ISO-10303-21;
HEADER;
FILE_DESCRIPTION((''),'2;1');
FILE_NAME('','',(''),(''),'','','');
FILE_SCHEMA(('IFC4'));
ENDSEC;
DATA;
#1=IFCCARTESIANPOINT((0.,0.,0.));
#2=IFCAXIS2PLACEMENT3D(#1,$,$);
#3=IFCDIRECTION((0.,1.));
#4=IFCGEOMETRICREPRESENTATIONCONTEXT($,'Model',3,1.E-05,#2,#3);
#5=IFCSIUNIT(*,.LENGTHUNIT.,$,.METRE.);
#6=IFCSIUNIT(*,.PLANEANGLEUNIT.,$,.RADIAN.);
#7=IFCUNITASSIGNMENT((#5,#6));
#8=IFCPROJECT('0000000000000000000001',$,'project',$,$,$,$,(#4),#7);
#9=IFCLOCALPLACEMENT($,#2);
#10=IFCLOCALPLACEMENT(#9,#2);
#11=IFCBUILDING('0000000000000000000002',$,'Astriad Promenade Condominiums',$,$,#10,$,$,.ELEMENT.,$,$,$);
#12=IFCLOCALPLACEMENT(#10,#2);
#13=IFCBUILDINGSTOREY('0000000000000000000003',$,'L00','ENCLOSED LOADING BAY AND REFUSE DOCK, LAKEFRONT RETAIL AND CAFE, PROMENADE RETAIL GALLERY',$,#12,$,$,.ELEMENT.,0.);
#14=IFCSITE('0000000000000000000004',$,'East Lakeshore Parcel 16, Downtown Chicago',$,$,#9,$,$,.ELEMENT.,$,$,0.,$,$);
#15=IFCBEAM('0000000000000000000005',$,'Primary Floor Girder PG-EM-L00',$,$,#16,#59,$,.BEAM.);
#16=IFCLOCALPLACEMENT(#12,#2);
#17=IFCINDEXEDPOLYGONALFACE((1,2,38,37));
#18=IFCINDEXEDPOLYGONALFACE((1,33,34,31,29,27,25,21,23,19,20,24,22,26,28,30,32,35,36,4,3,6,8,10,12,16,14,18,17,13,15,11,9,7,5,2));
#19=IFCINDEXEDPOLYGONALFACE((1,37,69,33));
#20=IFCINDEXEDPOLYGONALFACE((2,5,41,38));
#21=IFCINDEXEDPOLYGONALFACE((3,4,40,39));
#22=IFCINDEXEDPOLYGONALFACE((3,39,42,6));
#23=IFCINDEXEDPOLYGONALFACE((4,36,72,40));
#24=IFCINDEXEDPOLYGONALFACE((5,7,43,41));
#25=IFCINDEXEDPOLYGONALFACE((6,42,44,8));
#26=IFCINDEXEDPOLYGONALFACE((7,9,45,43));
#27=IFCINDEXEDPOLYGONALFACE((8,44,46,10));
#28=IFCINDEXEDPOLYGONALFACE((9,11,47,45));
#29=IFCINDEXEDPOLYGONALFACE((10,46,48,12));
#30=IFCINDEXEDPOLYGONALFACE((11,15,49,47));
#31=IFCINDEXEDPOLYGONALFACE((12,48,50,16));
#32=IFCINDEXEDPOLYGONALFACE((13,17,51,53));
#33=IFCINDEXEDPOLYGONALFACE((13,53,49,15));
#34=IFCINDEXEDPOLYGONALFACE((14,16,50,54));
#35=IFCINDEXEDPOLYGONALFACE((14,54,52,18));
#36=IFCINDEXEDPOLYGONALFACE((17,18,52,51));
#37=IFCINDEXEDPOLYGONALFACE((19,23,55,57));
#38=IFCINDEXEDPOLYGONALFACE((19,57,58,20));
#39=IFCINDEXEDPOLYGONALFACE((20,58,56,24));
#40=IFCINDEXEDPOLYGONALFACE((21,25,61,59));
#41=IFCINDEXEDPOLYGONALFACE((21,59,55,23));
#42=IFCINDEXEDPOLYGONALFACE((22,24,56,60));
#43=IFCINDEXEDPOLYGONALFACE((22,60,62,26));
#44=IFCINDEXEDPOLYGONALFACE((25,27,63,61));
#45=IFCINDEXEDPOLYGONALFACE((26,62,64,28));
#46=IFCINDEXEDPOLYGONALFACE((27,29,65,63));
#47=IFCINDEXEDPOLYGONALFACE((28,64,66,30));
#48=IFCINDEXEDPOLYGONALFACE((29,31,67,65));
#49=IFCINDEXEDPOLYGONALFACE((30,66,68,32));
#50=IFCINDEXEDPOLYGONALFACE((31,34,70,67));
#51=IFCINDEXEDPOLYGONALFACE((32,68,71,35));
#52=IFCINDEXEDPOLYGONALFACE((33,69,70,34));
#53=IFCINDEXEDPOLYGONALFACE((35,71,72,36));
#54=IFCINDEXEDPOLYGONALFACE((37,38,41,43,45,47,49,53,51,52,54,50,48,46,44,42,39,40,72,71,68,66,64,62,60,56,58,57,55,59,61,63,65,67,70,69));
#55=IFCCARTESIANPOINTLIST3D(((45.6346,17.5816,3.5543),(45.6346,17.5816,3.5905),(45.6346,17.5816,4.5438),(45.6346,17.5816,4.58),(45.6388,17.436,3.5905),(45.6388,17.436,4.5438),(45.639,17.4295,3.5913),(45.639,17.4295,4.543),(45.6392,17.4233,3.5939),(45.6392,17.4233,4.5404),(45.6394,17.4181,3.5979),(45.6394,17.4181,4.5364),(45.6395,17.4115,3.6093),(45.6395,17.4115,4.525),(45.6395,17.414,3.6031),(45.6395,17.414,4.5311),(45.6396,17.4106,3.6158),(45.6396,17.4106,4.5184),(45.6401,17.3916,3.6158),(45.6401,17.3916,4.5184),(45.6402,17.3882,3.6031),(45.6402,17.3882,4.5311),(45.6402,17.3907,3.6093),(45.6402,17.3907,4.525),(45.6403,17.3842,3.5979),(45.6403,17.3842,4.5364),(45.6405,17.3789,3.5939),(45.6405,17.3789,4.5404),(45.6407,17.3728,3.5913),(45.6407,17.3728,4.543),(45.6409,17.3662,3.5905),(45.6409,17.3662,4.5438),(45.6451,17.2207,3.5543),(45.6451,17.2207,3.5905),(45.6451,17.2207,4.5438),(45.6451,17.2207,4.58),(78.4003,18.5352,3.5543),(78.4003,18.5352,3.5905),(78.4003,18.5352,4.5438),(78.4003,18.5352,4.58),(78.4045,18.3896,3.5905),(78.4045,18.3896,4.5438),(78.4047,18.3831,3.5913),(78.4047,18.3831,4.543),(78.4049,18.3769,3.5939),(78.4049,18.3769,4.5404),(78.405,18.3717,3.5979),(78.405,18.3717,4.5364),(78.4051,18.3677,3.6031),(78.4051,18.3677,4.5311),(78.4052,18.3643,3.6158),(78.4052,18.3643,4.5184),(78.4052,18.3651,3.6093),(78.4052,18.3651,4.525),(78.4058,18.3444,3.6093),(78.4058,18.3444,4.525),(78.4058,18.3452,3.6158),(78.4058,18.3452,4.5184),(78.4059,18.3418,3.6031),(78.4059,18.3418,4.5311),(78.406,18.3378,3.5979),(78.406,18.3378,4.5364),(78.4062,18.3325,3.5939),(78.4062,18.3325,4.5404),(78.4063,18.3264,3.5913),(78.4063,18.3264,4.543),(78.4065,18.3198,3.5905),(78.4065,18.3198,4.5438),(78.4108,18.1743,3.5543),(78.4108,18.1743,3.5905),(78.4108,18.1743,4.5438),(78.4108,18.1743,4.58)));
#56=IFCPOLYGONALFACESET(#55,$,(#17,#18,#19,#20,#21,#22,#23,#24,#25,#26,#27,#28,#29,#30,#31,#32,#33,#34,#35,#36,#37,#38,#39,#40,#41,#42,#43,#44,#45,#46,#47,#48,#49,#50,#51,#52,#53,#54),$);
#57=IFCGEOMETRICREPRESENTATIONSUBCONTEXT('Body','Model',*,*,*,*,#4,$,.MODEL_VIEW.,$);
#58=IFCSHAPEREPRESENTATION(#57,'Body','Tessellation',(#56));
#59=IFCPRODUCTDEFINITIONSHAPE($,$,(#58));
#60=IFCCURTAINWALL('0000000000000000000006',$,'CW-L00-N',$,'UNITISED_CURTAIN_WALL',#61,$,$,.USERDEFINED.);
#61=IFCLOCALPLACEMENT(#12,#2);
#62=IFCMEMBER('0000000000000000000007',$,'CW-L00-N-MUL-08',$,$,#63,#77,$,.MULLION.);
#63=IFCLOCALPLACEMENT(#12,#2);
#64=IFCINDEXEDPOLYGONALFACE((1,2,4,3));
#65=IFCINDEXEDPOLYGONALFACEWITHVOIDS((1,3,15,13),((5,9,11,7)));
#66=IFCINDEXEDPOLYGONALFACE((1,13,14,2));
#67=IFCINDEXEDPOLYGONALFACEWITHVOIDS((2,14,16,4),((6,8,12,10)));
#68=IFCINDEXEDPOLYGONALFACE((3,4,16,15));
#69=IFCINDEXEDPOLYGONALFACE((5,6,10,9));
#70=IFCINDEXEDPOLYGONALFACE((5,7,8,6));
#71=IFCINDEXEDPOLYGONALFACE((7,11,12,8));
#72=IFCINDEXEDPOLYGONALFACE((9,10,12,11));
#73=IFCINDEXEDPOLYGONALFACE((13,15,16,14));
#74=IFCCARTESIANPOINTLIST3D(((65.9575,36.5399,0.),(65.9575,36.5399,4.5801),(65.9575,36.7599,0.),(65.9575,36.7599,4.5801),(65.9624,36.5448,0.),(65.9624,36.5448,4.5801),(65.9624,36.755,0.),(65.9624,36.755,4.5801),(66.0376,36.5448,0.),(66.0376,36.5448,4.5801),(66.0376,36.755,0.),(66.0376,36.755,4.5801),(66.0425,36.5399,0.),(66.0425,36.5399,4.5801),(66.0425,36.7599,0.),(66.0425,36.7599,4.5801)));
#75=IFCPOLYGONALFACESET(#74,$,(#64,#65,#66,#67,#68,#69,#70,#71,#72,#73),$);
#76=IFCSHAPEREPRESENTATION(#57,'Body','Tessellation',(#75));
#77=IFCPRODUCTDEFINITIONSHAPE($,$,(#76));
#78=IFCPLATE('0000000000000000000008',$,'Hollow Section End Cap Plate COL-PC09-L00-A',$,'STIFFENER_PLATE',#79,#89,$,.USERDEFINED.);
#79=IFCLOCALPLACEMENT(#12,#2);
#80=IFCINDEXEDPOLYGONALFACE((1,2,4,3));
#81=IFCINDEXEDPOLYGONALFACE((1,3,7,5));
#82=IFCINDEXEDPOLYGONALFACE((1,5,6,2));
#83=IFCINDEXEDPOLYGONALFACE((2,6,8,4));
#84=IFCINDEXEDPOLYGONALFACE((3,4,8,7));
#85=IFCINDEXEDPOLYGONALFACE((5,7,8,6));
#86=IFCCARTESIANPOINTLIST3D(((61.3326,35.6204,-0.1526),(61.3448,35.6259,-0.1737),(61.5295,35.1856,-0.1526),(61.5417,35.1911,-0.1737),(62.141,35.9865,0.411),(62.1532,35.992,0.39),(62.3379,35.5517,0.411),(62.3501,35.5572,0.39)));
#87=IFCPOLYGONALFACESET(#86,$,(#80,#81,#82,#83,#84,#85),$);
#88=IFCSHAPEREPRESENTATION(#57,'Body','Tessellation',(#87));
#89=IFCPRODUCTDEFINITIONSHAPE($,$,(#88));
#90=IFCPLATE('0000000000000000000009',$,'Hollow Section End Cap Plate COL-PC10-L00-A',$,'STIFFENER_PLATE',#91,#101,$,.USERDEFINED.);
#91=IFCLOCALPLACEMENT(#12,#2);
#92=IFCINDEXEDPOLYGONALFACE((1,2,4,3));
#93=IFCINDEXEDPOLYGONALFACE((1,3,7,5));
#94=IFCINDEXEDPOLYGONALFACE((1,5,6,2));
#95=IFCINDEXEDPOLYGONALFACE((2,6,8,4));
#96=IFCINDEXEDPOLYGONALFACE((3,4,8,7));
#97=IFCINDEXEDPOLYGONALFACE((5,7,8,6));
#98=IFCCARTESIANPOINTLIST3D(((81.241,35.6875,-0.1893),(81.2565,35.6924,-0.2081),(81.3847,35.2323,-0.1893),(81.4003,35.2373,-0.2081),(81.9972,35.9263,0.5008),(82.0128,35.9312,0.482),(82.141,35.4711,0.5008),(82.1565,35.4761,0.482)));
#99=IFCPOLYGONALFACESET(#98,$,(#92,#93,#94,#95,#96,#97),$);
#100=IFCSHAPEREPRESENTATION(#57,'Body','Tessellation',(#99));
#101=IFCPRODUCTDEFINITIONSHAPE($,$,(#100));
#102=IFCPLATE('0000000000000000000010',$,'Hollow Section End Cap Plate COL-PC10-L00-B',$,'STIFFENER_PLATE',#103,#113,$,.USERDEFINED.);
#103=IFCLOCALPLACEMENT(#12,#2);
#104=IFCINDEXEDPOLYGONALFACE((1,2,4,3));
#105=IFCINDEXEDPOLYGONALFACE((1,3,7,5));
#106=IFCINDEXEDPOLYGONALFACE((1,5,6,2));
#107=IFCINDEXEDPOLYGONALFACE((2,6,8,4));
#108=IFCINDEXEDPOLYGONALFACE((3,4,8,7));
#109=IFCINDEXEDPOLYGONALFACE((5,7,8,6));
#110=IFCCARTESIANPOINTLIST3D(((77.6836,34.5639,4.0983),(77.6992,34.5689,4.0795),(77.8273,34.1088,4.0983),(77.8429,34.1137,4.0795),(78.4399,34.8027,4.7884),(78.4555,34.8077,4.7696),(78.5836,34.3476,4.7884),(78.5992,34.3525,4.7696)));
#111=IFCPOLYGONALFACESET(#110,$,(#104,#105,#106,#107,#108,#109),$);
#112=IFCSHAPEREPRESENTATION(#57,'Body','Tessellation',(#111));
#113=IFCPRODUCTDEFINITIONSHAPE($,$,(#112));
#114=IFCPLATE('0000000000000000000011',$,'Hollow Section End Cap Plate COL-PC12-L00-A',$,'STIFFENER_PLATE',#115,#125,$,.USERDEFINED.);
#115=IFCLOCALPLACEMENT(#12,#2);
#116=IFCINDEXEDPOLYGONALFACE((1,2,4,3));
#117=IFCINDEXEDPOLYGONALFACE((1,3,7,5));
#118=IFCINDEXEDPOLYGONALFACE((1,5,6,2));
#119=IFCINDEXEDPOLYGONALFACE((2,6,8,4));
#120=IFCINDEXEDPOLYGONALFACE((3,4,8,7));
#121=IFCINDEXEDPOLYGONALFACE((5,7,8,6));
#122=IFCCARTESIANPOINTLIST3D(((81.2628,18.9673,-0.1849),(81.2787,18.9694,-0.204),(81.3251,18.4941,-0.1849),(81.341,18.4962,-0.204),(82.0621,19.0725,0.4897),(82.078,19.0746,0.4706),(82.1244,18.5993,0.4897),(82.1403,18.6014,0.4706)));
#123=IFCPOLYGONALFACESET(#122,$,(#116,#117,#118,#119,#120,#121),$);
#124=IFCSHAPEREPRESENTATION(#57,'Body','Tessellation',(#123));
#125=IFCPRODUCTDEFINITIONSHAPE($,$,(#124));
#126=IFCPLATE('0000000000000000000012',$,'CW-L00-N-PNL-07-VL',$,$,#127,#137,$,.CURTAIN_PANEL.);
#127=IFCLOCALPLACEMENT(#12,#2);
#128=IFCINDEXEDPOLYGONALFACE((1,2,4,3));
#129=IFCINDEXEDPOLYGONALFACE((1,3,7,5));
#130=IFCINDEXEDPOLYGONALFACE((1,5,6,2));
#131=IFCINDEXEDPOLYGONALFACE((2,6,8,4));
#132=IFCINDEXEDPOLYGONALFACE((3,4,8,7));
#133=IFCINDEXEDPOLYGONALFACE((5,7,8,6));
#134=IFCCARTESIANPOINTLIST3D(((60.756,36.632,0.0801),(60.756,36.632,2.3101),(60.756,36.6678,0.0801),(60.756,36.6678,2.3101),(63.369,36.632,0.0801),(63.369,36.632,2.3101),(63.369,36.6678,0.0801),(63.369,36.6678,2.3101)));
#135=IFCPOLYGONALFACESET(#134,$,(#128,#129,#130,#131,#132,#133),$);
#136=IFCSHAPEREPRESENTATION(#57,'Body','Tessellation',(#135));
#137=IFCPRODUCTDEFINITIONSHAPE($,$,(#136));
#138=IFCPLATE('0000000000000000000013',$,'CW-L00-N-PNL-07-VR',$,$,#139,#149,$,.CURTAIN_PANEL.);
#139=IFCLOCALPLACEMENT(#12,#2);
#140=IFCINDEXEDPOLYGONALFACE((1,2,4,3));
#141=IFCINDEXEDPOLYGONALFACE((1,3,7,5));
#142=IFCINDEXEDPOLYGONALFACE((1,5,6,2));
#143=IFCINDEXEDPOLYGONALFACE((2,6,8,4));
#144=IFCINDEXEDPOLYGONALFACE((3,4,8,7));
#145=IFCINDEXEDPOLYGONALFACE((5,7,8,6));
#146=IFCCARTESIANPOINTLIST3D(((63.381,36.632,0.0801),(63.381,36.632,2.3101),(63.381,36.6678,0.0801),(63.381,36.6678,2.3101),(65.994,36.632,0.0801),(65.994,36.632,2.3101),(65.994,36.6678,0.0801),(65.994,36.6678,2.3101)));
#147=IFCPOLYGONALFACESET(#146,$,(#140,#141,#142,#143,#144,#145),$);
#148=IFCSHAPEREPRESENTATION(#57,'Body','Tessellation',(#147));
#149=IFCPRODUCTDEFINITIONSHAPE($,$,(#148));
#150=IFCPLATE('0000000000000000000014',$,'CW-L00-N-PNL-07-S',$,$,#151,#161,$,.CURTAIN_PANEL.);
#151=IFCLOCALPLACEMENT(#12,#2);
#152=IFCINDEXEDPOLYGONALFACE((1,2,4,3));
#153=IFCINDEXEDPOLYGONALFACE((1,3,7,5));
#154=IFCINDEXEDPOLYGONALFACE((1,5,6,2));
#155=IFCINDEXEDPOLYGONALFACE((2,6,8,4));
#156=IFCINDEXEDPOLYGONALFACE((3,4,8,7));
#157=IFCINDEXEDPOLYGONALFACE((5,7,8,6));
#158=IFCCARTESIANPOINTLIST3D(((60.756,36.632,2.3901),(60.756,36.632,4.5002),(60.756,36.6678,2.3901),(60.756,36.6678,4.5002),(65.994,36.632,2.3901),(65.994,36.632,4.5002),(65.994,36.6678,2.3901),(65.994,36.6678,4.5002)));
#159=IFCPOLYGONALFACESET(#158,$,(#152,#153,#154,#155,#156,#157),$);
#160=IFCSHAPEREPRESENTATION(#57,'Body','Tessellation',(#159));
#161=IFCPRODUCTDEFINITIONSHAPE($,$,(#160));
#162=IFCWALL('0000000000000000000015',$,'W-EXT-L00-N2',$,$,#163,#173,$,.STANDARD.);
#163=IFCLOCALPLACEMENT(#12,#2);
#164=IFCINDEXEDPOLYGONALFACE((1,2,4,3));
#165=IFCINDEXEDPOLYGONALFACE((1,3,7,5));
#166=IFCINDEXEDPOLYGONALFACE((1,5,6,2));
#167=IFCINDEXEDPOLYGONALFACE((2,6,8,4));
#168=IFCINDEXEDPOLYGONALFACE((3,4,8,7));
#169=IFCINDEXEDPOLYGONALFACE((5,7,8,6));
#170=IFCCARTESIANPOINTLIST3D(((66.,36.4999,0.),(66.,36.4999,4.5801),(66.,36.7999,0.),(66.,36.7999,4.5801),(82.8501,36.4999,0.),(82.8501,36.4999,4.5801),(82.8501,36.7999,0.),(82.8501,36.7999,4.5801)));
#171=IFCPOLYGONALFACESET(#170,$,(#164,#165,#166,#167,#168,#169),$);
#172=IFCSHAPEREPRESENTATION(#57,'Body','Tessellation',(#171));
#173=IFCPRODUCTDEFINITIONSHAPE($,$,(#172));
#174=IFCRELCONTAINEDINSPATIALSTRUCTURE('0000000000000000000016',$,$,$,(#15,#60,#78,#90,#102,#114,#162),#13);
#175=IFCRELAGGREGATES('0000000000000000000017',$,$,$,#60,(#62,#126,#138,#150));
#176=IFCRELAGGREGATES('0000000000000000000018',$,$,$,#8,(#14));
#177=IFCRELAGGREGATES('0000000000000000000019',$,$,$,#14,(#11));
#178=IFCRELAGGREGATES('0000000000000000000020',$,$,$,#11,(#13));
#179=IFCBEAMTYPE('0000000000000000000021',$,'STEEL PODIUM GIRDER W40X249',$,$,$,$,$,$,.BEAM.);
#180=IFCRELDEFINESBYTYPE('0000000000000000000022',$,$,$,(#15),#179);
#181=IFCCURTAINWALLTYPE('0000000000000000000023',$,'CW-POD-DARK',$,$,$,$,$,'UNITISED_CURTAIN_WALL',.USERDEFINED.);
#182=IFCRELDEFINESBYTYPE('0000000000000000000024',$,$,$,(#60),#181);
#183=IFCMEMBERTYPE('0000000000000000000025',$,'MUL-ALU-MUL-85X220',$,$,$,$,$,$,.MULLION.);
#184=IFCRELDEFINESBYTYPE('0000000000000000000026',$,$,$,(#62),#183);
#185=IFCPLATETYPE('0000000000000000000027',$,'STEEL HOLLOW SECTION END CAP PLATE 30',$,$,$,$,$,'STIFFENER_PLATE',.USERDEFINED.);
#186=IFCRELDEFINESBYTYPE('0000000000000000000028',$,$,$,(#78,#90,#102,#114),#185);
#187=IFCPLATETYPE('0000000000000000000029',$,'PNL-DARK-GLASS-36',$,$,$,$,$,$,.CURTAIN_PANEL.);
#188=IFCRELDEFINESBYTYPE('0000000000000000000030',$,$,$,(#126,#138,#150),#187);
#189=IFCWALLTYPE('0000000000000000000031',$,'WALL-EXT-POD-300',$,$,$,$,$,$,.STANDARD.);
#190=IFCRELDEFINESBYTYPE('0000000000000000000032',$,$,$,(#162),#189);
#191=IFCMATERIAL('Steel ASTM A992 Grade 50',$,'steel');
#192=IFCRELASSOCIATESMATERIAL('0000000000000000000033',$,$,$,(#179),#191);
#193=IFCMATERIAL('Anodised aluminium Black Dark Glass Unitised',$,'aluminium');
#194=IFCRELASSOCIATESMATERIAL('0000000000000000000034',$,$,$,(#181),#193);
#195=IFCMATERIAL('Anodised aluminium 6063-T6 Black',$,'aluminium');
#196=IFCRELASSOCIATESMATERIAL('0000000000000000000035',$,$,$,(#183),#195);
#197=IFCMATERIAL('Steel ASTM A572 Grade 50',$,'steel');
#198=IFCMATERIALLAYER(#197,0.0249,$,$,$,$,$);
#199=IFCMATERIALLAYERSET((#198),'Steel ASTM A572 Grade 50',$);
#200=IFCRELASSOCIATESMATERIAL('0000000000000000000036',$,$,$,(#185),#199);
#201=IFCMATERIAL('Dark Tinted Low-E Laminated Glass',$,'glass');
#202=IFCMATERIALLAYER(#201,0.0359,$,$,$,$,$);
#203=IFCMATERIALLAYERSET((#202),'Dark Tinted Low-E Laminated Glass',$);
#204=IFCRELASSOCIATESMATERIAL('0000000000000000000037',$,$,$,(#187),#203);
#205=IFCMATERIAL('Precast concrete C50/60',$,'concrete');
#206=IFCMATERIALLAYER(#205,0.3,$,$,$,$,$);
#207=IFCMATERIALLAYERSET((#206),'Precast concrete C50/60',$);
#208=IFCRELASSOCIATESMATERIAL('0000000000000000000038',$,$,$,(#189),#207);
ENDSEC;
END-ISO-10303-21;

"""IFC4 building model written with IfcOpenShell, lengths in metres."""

from ifc_helpers import new_model, si_unit, direction, frame, frame_2d, origin, origin_2d, place, context, subcontext, project, spatial, rectangle, hollow_rectangle, i_section, extrude, source, transform, mapped, material, layer, layer_set, material_profile, profile_set, type_object, type_shapes, element, aggregate, save


model = new_model("IFC4")

# Units and contexts
model_context = context("Model", 3, precision=1e-05, world=origin(), true_north=direction((0.0, 1.0)))
body_context = subcontext(model_context, "Body", "Model", "MODEL_VIEW")
ifc_project = project(units=[si_unit("LENGTHUNIT", "METRE"), si_unit("PLANEANGLEUNIT", "RADIAN")], contexts=[model_context])

# Site, building, storey
site_placement = place(None, origin())
site = spatial("IfcSite", under=ifc_project, at=site_placement, Name="East Lakeshore Parcel 16, Downtown Chicago", CompositionType="ELEMENT", RefElevation=0.0)
building_placement = place(site_placement, origin())
building = spatial("IfcBuilding", under=site, at=building_placement, Name="Astriad Promenade Condominiums", CompositionType="ELEMENT")
storey_placement = place(building_placement, origin())
storey = spatial("IfcBuildingStorey", under=building, at=storey_placement, Name="L00", Description="ENCLOSED LOADING BAY AND REFUSE DOCK, LAKEFRONT RETAIL AND CAFE, PROMENADE RETAIL GALLERY", CompositionType="ELEMENT", Elevation=0.0)

# Shared definitions
ifc_material_1 = material(Name="Steel ASTM A992 Grade 50", Category="steel")

# Beam
ifc_material_profile_1 = material_profile(ifc_material_1, i_section(OverallWidth=0.3611, OverallDepth=1.0256, WebThickness=0.019, FlangeThickness=0.0361, FilletRadius=0.0254, at=origin_2d()), Name="W40X249")
ifc_profile_set_1 = profile_set([ifc_material_profile_1], Name="Steel ASTM A992 Grade 50")
beam_type_1 = type_object("IfcBeamType", Name="STEEL PODIUM GIRDER W40X249", PredefinedType="BEAM", material=ifc_profile_set_1)
shared_shape_1 = source(origin(), body_context, "Body", "SweptSolid", [
    extrude(i_section(OverallWidth=0.3611, OverallDepth=1.0256, WebThickness=0.019, FlangeThickness=0.0361, FilletRadius=0.0254, at=origin_2d()), origin(), (0.0, 0.0, 1.0), 32.7795),
])
type_shapes(beam_type_1, [shared_shape_1])
beam_1_placement = place(storey_placement, frame((78.4055, 18.3547, 4.0671), z_axis=(-0.999577, -0.029092, 0.0), x_axis=(0.029092, -0.999577, 0.0)))
element("IfcBeam", 1, at=beam_1_placement, inside=storey, type_object=beam_type_1, Name="Primary Floor Girder PG-EM-L00", PredefinedType="BEAM", context=body_context, shape_type="MappedRepresentation", body=[
    mapped(shared_shape_1, transform((0.0, 0.0, 0.0), scale=1.0)),
])

# Curtain wall, member
ifc_material_2 = material(Name="Anodised aluminium Black Dark Glass Unitised", Category="aluminium")
curtain_wall_type = type_object("IfcCurtainWallType", Name="CW-POD-DARK", ElementType="UNITISED_CURTAIN_WALL", PredefinedType="USERDEFINED", material=ifc_material_2)
curtain_wall_placement = place(storey_placement, origin())
curtain_wall = element("IfcCurtainWall", 2, at=curtain_wall_placement, inside=storey, type_object=curtain_wall_type, Name="CW-L00-N", ObjectType="UNITISED_CURTAIN_WALL", PredefinedType="USERDEFINED")
ifc_material_3 = material(Name="Anodised aluminium 6063-T6 Black", Category="aluminium")
ifc_material_profile_2 = material_profile(ifc_material_3, hollow_rectangle(XDim=0.085, YDim=0.22, WallThickness=0.0049, at=origin_2d()), Name="ALU-MUL-85X220")
ifc_profile_set_2 = profile_set([ifc_material_profile_2], Name="Anodised aluminium 6063-T6 Black")
member_type = type_object("IfcMemberType", Name="MUL-ALU-MUL-85X220", PredefinedType="MULLION", material=ifc_profile_set_2)
shared_shape_2 = source(origin(), body_context, "Body", "SweptSolid", [
    extrude(hollow_rectangle(XDim=0.085, YDim=0.22, WallThickness=0.0049, at=origin_2d()), origin(), (0.0, 0.0, 1.0), 4.5801),
])
type_shapes(member_type, [shared_shape_2])
member_placement = place(storey_placement, frame((66.0, 36.6499, 0.0), z_axis=(0.0, 0.0, 1.0), x_axis=(1.0, 0.0, 0.0)))
member = element("IfcMember", 3, at=member_placement, type_object=member_type, Name="CW-L00-N-MUL-08", PredefinedType="MULLION", context=body_context, shape_type="MappedRepresentation", body=[
    mapped(shared_shape_2, transform((0.0, 0.0, 0.0), scale=1.0)),
])

# Plates
ifc_material_4 = material(Name="Steel ASTM A572 Grade 50", Category="steel")
ifc_layer_1 = layer(ifc_material_4, 0.0249)
ifc_layer_set_1 = layer_set([ifc_layer_1], Name="Steel ASTM A572 Grade 50")
plate_type_1 = type_object("IfcPlateType", Name="STEEL HOLLOW SECTION END CAP PLATE 30", ElementType="STIFFENER_PLATE", PredefinedType="USERDEFINED", material=ifc_layer_set_1)
shared_shape_3 = source(origin(), body_context, "Body", "SweptSolid", [
    extrude(rectangle(XDim=0.4773, YDim=1.0513, at=origin_2d()), origin(), (0.0, 0.0, 1.0), 0.0249),
])
type_shapes(plate_type_1, [shared_shape_3])
for number, where, z_axis, x_axis, name in (
    (4, (61.8474, 35.5916, 0.1082), (-0.488399, -0.221151, 0.844132), (0.41249, -0.910962, 0.0), "Hollow Section End Cap Plate COL-PC09-L00-A"),
    (5, (81.7065, 35.5842, 0.137), (-0.625933, -0.197652, 0.754414), (0.301116, -0.953588, 0.0), "Hollow Section End Cap Plate COL-PC10-L00-A"),
    (6, (78.1492, 34.4607, 4.4246), (-0.625933, -0.197652, 0.754414), (0.301116, -0.953588, 0.0), "Hollow Section End Cap Plate COL-PC10-L00-B"),
    (7, (81.7095, 18.7854, 0.1333), (-0.636297, -0.083735, 0.766886), (0.130472, -0.991452, 0.0), "Hollow Section End Cap Plate COL-PC12-L00-A"),
):
    element("IfcPlate", number, at=place(storey_placement, frame(where, z_axis=z_axis, x_axis=x_axis)), inside=storey, type_object=plate_type_1, Name=name, ObjectType="STIFFENER_PLATE", PredefinedType="USERDEFINED", context=body_context, shape_type="MappedRepresentation", body=[
        mapped(shared_shape_3, transform((0.0, 0.0, 0.0), scale=1.0)),
    ])

# Plates
ifc_material_5 = material(Name="Dark Tinted Low-E Laminated Glass", Category="glass")
ifc_layer_2 = layer(ifc_material_5, 0.0359)
ifc_layer_set_2 = layer_set([ifc_layer_2], Name="Dark Tinted Low-E Laminated Glass")
plate_type_2 = type_object("IfcPlateType", Name="PNL-DARK-GLASS-36", PredefinedType="CURTAIN_PANEL", material=ifc_layer_set_2)
shared_shape_4 = source(origin(), body_context, "Body", "SweptSolid", [
    extrude(rectangle(XDim=2.613, YDim=0.0359, at=origin_2d()), origin(), (0.0, 0.0, 1.0), 2.23),
])
plate_1_placement = place(storey_placement, frame((62.0625, 36.6499, 0.0801), z_axis=(0.0, 0.0, 1.0), x_axis=(1.0, 0.0, 0.0)))
plate_1 = element("IfcPlate", 8, at=plate_1_placement, type_object=plate_type_2, Name="CW-L00-N-PNL-07-VL", PredefinedType="CURTAIN_PANEL", context=body_context, shape_type="MappedRepresentation", body=[
    mapped(shared_shape_4, transform((0.0, 0.0, 0.0), scale=1.0)),
])
plate_2_placement = place(storey_placement, frame((64.6875, 36.6499, 0.0801), z_axis=(0.0, 0.0, 1.0), x_axis=(1.0, 0.0, 0.0)))
plate_2 = element("IfcPlate", 9, at=plate_2_placement, type_object=plate_type_2, Name="CW-L00-N-PNL-07-VR", PredefinedType="CURTAIN_PANEL", context=body_context, shape_type="MappedRepresentation", body=[
    mapped(shared_shape_4, transform((0.0, 0.0, 0.0), scale=1.0)),
])
shared_shape_5 = source(origin(), body_context, "Body", "SweptSolid", [
    extrude(rectangle(XDim=5.238, YDim=0.0359, at=origin_2d()), origin(), (0.0, 0.0, 1.0), 2.1101),
])
type_shapes(plate_type_2, [shared_shape_4, shared_shape_5])
plate_3_placement = place(storey_placement, frame((63.375, 36.6499, 2.3901), z_axis=(0.0, 0.0, 1.0), x_axis=(1.0, 0.0, 0.0)))
plate_3 = element("IfcPlate", 10, at=plate_3_placement, type_object=plate_type_2, Name="CW-L00-N-PNL-07-S", PredefinedType="CURTAIN_PANEL", context=body_context, shape_type="MappedRepresentation", body=[
    mapped(shared_shape_5, transform((0.0, 0.0, 0.0), scale=1.0)),
])
aggregate(curtain_wall, [member, plate_1, plate_2, plate_3])

# Wall
ifc_material_6 = material(Name="Precast concrete C50/60", Category="concrete")
ifc_layer_3 = layer(ifc_material_6, 0.3)
ifc_layer_set_3 = layer_set([ifc_layer_3], Name="Precast concrete C50/60")
wall_type_1 = type_object("IfcWallType", Name="WALL-EXT-POD-300", PredefinedType="STANDARD", material=ifc_layer_set_3)
wall_1_placement = place(storey_placement, frame((66.0, 36.6499, 0.0), z_axis=(0.0, 0.0, 1.0), x_axis=(1.0, 0.0, 0.0)))
element("IfcWall", 11, at=wall_1_placement, inside=storey, type_object=wall_type_1, Name="W-EXT-L00-N2", PredefinedType="STANDARD", context=body_context, shape_type="SweptSolid", body=[
    extrude(rectangle(XDim=16.8501, YDim=0.3, at=frame_2d((8.425, 0.0))), origin(), (0.0, 0.0, 1.0), 4.5801),
])

save(model, "model.ifc")
